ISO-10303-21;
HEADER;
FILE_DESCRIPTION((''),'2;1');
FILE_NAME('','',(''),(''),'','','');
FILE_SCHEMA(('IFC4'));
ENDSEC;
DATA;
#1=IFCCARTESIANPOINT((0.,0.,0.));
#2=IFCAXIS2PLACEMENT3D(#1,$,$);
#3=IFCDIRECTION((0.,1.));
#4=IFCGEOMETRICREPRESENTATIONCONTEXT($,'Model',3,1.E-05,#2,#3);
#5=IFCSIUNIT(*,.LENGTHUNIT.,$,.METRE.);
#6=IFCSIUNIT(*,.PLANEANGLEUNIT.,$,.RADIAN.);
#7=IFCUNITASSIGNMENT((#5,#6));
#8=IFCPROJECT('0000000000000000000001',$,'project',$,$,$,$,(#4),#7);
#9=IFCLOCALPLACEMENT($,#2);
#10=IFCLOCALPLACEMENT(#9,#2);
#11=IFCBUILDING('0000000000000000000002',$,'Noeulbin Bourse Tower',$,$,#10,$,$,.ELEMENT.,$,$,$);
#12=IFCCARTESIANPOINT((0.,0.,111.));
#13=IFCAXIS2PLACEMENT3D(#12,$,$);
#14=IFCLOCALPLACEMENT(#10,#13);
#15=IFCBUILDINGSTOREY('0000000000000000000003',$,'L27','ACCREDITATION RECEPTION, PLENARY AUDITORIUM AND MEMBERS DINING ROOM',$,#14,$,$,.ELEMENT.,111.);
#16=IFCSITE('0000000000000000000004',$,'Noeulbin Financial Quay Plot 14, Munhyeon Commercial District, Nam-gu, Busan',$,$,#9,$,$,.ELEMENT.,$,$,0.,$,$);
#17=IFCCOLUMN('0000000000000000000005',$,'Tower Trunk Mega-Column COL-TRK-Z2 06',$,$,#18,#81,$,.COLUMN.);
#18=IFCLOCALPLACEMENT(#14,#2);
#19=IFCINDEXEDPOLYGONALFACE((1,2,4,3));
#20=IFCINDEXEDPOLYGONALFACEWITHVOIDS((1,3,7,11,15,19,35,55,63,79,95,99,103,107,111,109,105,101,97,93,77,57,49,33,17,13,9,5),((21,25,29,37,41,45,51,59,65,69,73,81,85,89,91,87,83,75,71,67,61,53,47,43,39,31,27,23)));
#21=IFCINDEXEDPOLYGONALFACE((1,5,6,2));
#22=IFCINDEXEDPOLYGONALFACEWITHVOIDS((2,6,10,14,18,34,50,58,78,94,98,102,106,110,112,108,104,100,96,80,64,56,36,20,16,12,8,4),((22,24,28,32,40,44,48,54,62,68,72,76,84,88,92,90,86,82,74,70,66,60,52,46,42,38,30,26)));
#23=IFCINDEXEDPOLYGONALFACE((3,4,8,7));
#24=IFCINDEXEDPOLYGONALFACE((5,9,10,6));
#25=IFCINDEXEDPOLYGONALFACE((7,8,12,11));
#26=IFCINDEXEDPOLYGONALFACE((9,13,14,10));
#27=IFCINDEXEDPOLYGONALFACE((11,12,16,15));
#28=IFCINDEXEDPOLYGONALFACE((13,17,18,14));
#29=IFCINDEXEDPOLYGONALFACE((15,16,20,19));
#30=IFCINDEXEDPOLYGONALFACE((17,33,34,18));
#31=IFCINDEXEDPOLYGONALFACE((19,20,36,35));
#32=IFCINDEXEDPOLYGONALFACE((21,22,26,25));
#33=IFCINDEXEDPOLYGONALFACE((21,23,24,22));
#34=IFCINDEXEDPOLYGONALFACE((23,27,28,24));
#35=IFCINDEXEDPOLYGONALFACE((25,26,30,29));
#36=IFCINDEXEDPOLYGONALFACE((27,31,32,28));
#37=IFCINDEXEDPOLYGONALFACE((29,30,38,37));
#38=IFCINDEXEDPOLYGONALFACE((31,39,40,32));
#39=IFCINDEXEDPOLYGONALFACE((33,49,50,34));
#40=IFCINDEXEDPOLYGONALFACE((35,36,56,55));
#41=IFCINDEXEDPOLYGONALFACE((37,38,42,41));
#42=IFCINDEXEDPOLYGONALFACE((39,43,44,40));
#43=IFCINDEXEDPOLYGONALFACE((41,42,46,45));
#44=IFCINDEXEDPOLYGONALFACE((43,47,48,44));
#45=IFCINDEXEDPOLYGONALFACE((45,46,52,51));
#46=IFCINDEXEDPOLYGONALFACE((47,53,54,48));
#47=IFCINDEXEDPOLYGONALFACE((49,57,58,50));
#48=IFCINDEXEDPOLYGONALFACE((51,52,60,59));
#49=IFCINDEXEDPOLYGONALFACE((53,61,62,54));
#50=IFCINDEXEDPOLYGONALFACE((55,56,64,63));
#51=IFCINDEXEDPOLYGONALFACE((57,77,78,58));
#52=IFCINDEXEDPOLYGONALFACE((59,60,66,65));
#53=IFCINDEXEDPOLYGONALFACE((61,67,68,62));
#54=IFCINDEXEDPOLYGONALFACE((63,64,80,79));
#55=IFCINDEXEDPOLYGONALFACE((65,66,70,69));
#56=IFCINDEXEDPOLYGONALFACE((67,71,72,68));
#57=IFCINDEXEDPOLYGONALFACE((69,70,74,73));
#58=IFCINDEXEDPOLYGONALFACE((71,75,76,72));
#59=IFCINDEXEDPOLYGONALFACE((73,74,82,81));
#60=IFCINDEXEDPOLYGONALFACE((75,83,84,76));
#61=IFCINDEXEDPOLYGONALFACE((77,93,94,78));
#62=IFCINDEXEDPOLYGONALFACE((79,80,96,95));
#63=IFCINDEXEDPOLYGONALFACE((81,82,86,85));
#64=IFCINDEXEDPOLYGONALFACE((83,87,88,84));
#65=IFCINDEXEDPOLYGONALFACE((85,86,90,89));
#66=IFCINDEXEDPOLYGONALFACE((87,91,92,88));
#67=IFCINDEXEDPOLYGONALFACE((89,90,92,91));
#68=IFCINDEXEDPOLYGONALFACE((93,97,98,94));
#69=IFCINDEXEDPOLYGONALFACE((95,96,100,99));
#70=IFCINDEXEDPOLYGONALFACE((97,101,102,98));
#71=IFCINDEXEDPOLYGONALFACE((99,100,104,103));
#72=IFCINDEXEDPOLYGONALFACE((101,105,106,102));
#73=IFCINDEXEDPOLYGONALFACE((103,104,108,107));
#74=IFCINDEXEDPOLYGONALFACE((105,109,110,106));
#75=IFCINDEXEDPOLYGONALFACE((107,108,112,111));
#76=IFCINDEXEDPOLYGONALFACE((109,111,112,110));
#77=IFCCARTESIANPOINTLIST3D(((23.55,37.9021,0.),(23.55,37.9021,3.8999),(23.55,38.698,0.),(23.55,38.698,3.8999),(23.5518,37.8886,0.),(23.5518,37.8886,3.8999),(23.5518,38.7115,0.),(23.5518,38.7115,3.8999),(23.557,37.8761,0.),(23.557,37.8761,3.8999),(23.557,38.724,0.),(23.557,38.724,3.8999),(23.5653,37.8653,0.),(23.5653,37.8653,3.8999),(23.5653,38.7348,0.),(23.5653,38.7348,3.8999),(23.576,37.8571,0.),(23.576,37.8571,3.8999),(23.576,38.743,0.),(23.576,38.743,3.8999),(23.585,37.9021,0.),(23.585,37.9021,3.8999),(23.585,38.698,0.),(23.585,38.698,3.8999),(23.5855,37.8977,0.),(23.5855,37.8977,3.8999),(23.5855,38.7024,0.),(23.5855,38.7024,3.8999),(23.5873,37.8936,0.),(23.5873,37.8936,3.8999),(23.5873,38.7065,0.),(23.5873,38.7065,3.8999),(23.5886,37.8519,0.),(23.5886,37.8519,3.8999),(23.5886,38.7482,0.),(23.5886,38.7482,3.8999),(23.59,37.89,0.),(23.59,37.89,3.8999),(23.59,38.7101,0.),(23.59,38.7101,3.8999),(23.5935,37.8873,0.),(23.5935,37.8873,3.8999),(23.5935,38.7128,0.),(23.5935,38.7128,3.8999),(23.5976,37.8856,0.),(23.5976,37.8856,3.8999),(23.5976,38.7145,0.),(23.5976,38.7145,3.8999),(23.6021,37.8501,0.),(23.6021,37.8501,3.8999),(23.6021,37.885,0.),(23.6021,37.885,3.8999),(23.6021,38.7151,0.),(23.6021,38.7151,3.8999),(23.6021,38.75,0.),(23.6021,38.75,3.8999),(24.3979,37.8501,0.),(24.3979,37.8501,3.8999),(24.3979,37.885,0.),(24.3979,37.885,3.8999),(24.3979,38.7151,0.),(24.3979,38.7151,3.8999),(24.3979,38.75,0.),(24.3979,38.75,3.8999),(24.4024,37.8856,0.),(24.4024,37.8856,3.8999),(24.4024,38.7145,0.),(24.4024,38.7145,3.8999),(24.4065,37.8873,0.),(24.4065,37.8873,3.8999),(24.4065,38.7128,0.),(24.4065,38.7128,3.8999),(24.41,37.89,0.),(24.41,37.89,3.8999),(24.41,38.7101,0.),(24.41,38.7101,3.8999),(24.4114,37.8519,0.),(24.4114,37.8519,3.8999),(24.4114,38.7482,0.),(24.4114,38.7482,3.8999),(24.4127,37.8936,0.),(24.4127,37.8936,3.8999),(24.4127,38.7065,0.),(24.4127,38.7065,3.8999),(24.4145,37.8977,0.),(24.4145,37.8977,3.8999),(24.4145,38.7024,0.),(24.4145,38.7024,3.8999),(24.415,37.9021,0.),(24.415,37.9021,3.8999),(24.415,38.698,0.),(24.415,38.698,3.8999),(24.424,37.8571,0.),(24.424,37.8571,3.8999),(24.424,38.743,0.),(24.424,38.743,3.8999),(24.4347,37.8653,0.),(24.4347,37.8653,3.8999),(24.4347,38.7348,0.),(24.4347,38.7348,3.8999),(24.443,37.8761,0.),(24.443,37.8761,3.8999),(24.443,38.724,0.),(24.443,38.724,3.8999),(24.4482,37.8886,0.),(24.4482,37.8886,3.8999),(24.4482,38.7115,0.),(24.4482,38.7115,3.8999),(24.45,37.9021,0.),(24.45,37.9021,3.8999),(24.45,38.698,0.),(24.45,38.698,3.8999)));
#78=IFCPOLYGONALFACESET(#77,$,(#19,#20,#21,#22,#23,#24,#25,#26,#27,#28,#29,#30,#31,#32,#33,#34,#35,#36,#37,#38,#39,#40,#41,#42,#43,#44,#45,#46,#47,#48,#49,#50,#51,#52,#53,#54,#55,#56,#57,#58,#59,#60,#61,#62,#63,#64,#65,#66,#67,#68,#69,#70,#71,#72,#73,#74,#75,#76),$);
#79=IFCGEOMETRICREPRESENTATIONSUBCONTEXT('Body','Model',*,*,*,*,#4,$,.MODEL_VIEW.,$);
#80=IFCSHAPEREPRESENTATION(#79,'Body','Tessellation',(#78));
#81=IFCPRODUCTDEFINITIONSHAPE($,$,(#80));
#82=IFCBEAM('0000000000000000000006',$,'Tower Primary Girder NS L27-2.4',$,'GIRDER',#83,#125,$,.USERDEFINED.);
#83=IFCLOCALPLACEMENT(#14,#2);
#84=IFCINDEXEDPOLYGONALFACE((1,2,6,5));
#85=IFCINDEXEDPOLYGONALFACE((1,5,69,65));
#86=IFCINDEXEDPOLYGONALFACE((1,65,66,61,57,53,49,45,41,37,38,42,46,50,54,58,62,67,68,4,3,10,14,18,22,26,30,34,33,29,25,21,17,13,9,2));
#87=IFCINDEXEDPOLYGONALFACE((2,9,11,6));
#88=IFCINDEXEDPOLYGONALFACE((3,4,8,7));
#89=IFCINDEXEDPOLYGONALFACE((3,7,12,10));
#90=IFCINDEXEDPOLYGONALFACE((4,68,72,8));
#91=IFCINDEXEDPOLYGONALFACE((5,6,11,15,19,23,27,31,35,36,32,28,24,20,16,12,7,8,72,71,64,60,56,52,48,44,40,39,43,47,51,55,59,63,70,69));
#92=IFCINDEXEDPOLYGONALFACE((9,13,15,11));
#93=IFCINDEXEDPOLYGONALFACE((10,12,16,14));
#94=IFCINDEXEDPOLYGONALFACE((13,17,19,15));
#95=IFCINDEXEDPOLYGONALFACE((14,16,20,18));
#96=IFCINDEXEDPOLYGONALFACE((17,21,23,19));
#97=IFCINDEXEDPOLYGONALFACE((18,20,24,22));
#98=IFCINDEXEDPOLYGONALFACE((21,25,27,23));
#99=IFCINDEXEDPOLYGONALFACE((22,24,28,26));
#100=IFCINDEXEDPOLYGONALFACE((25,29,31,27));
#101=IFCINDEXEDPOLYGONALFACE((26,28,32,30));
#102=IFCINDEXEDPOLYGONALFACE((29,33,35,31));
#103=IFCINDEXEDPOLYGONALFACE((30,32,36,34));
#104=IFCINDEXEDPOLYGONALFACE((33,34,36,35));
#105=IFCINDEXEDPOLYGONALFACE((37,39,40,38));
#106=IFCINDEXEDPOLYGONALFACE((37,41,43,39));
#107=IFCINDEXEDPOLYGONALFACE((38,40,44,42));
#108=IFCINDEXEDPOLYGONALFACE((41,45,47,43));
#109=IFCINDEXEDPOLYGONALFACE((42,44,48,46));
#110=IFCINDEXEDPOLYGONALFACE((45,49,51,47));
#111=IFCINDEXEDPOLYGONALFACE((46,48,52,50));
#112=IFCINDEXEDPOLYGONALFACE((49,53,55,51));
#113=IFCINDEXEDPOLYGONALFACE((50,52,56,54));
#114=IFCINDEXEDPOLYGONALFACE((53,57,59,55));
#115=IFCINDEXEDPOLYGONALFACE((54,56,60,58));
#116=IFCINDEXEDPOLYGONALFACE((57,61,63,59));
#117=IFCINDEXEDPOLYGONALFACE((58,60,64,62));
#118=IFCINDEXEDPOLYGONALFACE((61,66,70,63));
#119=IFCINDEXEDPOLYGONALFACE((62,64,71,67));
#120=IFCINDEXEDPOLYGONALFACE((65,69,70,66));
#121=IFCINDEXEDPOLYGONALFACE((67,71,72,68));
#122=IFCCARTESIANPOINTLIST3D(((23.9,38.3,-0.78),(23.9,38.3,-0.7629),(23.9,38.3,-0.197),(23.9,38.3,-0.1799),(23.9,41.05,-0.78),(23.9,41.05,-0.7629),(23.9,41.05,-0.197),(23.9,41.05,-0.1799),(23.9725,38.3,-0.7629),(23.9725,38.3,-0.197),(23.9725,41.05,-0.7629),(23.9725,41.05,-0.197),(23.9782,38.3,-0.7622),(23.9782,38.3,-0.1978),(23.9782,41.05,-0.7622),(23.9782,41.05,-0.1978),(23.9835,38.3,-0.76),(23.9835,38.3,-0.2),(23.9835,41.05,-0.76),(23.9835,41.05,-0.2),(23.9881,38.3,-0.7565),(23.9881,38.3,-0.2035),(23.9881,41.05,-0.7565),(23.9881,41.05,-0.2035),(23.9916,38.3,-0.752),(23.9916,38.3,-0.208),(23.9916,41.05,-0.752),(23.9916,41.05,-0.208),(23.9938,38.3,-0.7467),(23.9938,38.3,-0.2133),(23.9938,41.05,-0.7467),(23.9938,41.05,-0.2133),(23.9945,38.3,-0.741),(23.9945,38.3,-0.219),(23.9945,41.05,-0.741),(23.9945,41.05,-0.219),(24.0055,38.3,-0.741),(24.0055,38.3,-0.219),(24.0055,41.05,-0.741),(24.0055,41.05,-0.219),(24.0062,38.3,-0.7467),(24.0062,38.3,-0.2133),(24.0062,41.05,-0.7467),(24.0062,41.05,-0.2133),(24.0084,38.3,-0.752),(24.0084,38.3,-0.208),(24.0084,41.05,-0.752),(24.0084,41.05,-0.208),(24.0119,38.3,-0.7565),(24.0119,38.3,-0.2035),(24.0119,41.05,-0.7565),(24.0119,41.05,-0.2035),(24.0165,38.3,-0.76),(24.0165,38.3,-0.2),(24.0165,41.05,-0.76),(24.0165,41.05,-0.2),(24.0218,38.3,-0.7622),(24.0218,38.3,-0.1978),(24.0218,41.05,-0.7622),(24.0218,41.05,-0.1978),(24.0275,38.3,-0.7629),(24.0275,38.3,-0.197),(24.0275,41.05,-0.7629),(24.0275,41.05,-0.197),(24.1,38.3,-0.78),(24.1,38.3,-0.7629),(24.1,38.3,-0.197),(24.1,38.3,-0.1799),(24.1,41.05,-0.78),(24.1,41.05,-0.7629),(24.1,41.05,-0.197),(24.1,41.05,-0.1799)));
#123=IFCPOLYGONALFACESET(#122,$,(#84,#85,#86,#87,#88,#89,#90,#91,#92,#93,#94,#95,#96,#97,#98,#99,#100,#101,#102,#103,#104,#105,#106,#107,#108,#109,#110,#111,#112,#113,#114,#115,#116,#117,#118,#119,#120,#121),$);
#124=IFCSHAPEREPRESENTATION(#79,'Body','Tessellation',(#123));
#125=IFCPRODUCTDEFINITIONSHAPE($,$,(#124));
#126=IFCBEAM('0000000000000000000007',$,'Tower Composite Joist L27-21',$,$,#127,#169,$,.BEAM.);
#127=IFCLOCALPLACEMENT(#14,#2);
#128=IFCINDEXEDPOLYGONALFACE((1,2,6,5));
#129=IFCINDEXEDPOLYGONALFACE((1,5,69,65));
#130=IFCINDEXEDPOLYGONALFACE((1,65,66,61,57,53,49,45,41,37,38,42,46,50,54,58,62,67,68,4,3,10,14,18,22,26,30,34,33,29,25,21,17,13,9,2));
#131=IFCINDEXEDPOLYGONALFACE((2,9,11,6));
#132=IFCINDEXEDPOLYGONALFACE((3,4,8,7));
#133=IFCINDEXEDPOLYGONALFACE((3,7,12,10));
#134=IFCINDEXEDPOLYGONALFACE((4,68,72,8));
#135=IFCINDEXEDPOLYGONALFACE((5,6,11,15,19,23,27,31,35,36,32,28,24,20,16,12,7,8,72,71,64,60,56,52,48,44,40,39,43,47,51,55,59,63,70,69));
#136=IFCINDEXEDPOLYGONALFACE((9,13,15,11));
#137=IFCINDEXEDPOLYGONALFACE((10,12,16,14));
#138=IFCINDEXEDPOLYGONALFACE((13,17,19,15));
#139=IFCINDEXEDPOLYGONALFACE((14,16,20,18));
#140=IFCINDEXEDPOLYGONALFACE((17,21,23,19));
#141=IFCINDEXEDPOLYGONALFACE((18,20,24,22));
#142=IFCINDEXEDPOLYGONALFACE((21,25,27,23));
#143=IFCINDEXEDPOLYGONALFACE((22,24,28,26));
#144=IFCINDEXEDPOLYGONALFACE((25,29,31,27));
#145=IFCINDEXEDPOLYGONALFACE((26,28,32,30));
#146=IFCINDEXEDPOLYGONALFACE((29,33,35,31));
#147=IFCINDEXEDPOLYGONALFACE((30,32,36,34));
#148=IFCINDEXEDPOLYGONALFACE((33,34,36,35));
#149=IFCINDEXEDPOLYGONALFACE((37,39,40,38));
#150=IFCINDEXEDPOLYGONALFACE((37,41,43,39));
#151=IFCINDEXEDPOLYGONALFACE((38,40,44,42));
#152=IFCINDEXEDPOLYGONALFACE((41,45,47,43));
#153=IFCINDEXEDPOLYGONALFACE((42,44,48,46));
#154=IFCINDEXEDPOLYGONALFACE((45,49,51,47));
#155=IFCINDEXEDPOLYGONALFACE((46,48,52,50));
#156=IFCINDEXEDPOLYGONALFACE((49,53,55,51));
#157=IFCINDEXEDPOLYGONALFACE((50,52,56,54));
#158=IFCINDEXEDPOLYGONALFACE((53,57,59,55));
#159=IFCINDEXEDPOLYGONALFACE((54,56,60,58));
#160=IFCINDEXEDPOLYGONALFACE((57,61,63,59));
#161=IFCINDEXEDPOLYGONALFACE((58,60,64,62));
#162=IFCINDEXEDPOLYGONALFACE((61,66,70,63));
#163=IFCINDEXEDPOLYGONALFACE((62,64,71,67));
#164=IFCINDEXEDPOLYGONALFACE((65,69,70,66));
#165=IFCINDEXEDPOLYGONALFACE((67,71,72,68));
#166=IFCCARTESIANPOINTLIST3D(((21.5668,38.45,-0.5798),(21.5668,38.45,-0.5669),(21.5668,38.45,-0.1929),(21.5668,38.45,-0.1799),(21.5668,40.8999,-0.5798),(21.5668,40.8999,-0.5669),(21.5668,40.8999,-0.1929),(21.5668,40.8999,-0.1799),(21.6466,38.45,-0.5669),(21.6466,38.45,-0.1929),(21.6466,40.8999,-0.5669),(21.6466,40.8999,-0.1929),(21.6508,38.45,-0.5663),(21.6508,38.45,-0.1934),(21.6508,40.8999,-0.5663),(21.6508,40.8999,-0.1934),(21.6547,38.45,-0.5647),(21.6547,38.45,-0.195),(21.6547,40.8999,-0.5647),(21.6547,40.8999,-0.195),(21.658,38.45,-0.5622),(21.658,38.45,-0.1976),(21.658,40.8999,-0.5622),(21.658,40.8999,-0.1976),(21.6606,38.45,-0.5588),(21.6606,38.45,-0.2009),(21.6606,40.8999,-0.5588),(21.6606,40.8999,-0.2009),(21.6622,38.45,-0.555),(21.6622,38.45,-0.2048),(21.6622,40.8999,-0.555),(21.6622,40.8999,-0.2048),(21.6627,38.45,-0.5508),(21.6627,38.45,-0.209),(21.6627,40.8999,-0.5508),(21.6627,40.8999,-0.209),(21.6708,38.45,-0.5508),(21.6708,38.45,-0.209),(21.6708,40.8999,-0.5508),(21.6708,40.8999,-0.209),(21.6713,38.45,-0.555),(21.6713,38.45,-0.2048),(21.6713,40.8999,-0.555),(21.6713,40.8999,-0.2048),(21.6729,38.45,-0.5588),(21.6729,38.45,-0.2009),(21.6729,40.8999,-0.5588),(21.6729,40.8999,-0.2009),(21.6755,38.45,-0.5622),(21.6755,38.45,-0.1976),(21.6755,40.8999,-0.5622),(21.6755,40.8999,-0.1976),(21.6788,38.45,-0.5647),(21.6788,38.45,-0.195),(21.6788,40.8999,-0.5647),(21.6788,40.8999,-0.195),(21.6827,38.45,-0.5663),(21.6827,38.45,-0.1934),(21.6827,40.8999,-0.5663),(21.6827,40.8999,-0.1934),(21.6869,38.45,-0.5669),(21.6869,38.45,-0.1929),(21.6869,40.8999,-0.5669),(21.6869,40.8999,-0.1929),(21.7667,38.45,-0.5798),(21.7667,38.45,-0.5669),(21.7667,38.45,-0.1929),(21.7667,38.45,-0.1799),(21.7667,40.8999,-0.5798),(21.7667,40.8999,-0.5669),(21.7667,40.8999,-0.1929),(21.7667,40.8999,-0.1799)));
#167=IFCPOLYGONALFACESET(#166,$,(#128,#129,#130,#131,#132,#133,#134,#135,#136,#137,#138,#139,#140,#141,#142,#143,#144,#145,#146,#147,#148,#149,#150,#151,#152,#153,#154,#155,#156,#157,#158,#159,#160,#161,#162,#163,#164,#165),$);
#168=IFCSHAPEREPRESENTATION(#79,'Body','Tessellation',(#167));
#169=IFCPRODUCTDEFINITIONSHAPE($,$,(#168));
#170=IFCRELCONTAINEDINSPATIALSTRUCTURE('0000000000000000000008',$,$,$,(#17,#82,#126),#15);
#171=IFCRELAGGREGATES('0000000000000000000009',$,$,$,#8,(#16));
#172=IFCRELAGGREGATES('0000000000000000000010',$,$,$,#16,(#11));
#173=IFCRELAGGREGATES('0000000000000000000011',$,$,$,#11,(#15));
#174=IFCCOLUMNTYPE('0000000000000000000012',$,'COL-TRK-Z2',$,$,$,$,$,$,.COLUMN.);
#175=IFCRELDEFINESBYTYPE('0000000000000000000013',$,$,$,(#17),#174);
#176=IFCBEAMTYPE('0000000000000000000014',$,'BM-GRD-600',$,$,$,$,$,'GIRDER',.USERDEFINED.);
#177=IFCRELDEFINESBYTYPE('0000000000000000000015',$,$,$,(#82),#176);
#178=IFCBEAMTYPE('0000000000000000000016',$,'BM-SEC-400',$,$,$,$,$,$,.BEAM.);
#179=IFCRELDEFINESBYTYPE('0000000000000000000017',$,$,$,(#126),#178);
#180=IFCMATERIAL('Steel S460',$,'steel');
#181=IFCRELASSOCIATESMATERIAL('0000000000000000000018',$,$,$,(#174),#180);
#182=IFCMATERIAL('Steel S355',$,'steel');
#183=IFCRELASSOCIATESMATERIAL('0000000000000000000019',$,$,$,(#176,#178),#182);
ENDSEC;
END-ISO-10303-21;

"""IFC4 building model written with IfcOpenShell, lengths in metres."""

from ifc_helpers import new_model, si_unit, direction, frame, origin, origin_2d, place, context, subcontext, project, spatial, hollow_rectangle, i_section, extrude, material, material_profile, profile_set, type_object, element, save


model = new_model("IFC4")

# Units and contexts
model_context = context("Model", 3, precision=1e-05, world=origin(), true_north=direction((0.0, 1.0)))
body_context = subcontext(model_context, "Body", "Model", "MODEL_VIEW")
ifc_project = project(units=[si_unit("LENGTHUNIT", "METRE"), si_unit("PLANEANGLEUNIT", "RADIAN")], contexts=[model_context])

# Site, building, storey
site_placement = place(None, origin())
site = spatial("IfcSite", under=ifc_project, at=site_placement, Name="Noeulbin Financial Quay Plot 14, Munhyeon Commercial District, Nam-gu, Busan", CompositionType="ELEMENT", RefElevation=0.0)
building_placement = place(site_placement, origin())
building = spatial("IfcBuilding", under=site, at=building_placement, Name="Noeulbin Bourse Tower", CompositionType="ELEMENT")
storey_placement = place(building_placement, frame((0.0, 0.0, 111.0)))
storey = spatial("IfcBuildingStorey", under=building, at=storey_placement, Name="L27", Description="ACCREDITATION RECEPTION, PLENARY AUDITORIUM AND MEMBERS DINING ROOM", CompositionType="ELEMENT", Elevation=111.0)

# Column
ifc_material_1 = material(Name="Steel S355", Category="steel")
ifc_material_2 = material(Name="Steel S460", Category="steel")
ifc_material_profile_1 = material_profile(ifc_material_2, hollow_rectangle(XDim=0.8999, YDim=0.8999, WallThickness=0.0349, InnerFilletRadius=0.0171, OuterFilletRadius=0.052, at=origin_2d()), Name="BOX-900x900x35", Category="LoadBearing")
ifc_profile_set_1 = profile_set([ifc_material_profile_1], Name="Steel S460")
column_type_1 = type_object("IfcColumnType", Name="COL-TRK-Z2", PredefinedType="COLUMN", material=ifc_profile_set_1)
for number, where, z_axis, x_axis, name in (
    (1, (24.0, 38.3, 0.0), (0.0, 0.0, 1.0), (1.0, 0.0, 0.0), "Tower Trunk Mega-Column COL-TRK-Z2 06"),
):
    element("IfcColumn", number, at=place(storey_placement, frame(where, z_axis=z_axis, x_axis=x_axis)), inside=storey, type_object=column_type_1, Name=name, PredefinedType="COLUMN", context=body_context, shape_type="SweptSolid", body=[
        extrude(hollow_rectangle(XDim=0.8999, YDim=0.8999, WallThickness=0.0349, InnerFilletRadius=0.0171, OuterFilletRadius=0.052, at=origin_2d()), origin(), (0.0, 0.0, 1.0), 3.8999),
    ])

# Beams
ifc_material_profile_2 = material_profile(ifc_material_1, i_section(OverallWidth=0.2, OverallDepth=0.6001, WebThickness=0.011, FlangeThickness=0.0171, FilletRadius=0.022, at=origin_2d()), Name="H-600x200x11x17", Category="LoadBearing")
ifc_profile_set_2 = profile_set([ifc_material_profile_2], Name="Steel S355")
beam_type_1 = type_object("IfcBeamType", Name="BM-GRD-600", ElementType="GIRDER", PredefinedType="USERDEFINED", material=ifc_profile_set_2)
beam_1_placement = place(storey_placement, frame((24.0, 38.3, -0.48), z_axis=(0.0, 1.0, 0.0), x_axis=(-1.0, 0.0, 0.0)))
element("IfcBeam", 2, at=beam_1_placement, inside=storey, type_object=beam_type_1, Name="Tower Primary Girder NS L27-2.4", ObjectType="GIRDER", PredefinedType="USERDEFINED", context=body_context, shape_type="SweptSolid", body=[
    extrude(i_section(OverallWidth=0.2, OverallDepth=0.6001, WebThickness=0.011, FlangeThickness=0.0171, FilletRadius=0.022, at=origin_2d()), origin(), (0.0, 0.0, 1.0), 2.75),
])
ifc_material_profile_3 = material_profile(ifc_material_1, i_section(OverallWidth=0.2, OverallDepth=0.3999, WebThickness=0.0081, FlangeThickness=0.0129, FilletRadius=0.0161, at=origin_2d()), Name="H-400x200x8x13", Category="LoadBearing")
ifc_profile_set_3 = profile_set([ifc_material_profile_3], Name="Steel S355")
beam_type_2 = type_object("IfcBeamType", Name="BM-SEC-400", PredefinedType="BEAM", material=ifc_profile_set_3)
for number, where, z_axis, x_axis, name in (
    (3, (21.6667, 38.45, -0.3799), (0.0, 1.0, 0.0), (-1.0, 0.0, 0.0), "Tower Composite Joist L27-21"),
):
    element("IfcBeam", number, at=place(storey_placement, frame(where, z_axis=z_axis, x_axis=x_axis)), inside=storey, type_object=beam_type_2, Name=name, PredefinedType="BEAM", context=body_context, shape_type="SweptSolid", body=[
        extrude(i_section(OverallWidth=0.2, OverallDepth=0.3999, WebThickness=0.0081, FlangeThickness=0.0129, FilletRadius=0.0161, at=origin_2d()), origin(), (0.0, 0.0, 1.0), 2.45),
    ])

save(model, "model.ifc")
